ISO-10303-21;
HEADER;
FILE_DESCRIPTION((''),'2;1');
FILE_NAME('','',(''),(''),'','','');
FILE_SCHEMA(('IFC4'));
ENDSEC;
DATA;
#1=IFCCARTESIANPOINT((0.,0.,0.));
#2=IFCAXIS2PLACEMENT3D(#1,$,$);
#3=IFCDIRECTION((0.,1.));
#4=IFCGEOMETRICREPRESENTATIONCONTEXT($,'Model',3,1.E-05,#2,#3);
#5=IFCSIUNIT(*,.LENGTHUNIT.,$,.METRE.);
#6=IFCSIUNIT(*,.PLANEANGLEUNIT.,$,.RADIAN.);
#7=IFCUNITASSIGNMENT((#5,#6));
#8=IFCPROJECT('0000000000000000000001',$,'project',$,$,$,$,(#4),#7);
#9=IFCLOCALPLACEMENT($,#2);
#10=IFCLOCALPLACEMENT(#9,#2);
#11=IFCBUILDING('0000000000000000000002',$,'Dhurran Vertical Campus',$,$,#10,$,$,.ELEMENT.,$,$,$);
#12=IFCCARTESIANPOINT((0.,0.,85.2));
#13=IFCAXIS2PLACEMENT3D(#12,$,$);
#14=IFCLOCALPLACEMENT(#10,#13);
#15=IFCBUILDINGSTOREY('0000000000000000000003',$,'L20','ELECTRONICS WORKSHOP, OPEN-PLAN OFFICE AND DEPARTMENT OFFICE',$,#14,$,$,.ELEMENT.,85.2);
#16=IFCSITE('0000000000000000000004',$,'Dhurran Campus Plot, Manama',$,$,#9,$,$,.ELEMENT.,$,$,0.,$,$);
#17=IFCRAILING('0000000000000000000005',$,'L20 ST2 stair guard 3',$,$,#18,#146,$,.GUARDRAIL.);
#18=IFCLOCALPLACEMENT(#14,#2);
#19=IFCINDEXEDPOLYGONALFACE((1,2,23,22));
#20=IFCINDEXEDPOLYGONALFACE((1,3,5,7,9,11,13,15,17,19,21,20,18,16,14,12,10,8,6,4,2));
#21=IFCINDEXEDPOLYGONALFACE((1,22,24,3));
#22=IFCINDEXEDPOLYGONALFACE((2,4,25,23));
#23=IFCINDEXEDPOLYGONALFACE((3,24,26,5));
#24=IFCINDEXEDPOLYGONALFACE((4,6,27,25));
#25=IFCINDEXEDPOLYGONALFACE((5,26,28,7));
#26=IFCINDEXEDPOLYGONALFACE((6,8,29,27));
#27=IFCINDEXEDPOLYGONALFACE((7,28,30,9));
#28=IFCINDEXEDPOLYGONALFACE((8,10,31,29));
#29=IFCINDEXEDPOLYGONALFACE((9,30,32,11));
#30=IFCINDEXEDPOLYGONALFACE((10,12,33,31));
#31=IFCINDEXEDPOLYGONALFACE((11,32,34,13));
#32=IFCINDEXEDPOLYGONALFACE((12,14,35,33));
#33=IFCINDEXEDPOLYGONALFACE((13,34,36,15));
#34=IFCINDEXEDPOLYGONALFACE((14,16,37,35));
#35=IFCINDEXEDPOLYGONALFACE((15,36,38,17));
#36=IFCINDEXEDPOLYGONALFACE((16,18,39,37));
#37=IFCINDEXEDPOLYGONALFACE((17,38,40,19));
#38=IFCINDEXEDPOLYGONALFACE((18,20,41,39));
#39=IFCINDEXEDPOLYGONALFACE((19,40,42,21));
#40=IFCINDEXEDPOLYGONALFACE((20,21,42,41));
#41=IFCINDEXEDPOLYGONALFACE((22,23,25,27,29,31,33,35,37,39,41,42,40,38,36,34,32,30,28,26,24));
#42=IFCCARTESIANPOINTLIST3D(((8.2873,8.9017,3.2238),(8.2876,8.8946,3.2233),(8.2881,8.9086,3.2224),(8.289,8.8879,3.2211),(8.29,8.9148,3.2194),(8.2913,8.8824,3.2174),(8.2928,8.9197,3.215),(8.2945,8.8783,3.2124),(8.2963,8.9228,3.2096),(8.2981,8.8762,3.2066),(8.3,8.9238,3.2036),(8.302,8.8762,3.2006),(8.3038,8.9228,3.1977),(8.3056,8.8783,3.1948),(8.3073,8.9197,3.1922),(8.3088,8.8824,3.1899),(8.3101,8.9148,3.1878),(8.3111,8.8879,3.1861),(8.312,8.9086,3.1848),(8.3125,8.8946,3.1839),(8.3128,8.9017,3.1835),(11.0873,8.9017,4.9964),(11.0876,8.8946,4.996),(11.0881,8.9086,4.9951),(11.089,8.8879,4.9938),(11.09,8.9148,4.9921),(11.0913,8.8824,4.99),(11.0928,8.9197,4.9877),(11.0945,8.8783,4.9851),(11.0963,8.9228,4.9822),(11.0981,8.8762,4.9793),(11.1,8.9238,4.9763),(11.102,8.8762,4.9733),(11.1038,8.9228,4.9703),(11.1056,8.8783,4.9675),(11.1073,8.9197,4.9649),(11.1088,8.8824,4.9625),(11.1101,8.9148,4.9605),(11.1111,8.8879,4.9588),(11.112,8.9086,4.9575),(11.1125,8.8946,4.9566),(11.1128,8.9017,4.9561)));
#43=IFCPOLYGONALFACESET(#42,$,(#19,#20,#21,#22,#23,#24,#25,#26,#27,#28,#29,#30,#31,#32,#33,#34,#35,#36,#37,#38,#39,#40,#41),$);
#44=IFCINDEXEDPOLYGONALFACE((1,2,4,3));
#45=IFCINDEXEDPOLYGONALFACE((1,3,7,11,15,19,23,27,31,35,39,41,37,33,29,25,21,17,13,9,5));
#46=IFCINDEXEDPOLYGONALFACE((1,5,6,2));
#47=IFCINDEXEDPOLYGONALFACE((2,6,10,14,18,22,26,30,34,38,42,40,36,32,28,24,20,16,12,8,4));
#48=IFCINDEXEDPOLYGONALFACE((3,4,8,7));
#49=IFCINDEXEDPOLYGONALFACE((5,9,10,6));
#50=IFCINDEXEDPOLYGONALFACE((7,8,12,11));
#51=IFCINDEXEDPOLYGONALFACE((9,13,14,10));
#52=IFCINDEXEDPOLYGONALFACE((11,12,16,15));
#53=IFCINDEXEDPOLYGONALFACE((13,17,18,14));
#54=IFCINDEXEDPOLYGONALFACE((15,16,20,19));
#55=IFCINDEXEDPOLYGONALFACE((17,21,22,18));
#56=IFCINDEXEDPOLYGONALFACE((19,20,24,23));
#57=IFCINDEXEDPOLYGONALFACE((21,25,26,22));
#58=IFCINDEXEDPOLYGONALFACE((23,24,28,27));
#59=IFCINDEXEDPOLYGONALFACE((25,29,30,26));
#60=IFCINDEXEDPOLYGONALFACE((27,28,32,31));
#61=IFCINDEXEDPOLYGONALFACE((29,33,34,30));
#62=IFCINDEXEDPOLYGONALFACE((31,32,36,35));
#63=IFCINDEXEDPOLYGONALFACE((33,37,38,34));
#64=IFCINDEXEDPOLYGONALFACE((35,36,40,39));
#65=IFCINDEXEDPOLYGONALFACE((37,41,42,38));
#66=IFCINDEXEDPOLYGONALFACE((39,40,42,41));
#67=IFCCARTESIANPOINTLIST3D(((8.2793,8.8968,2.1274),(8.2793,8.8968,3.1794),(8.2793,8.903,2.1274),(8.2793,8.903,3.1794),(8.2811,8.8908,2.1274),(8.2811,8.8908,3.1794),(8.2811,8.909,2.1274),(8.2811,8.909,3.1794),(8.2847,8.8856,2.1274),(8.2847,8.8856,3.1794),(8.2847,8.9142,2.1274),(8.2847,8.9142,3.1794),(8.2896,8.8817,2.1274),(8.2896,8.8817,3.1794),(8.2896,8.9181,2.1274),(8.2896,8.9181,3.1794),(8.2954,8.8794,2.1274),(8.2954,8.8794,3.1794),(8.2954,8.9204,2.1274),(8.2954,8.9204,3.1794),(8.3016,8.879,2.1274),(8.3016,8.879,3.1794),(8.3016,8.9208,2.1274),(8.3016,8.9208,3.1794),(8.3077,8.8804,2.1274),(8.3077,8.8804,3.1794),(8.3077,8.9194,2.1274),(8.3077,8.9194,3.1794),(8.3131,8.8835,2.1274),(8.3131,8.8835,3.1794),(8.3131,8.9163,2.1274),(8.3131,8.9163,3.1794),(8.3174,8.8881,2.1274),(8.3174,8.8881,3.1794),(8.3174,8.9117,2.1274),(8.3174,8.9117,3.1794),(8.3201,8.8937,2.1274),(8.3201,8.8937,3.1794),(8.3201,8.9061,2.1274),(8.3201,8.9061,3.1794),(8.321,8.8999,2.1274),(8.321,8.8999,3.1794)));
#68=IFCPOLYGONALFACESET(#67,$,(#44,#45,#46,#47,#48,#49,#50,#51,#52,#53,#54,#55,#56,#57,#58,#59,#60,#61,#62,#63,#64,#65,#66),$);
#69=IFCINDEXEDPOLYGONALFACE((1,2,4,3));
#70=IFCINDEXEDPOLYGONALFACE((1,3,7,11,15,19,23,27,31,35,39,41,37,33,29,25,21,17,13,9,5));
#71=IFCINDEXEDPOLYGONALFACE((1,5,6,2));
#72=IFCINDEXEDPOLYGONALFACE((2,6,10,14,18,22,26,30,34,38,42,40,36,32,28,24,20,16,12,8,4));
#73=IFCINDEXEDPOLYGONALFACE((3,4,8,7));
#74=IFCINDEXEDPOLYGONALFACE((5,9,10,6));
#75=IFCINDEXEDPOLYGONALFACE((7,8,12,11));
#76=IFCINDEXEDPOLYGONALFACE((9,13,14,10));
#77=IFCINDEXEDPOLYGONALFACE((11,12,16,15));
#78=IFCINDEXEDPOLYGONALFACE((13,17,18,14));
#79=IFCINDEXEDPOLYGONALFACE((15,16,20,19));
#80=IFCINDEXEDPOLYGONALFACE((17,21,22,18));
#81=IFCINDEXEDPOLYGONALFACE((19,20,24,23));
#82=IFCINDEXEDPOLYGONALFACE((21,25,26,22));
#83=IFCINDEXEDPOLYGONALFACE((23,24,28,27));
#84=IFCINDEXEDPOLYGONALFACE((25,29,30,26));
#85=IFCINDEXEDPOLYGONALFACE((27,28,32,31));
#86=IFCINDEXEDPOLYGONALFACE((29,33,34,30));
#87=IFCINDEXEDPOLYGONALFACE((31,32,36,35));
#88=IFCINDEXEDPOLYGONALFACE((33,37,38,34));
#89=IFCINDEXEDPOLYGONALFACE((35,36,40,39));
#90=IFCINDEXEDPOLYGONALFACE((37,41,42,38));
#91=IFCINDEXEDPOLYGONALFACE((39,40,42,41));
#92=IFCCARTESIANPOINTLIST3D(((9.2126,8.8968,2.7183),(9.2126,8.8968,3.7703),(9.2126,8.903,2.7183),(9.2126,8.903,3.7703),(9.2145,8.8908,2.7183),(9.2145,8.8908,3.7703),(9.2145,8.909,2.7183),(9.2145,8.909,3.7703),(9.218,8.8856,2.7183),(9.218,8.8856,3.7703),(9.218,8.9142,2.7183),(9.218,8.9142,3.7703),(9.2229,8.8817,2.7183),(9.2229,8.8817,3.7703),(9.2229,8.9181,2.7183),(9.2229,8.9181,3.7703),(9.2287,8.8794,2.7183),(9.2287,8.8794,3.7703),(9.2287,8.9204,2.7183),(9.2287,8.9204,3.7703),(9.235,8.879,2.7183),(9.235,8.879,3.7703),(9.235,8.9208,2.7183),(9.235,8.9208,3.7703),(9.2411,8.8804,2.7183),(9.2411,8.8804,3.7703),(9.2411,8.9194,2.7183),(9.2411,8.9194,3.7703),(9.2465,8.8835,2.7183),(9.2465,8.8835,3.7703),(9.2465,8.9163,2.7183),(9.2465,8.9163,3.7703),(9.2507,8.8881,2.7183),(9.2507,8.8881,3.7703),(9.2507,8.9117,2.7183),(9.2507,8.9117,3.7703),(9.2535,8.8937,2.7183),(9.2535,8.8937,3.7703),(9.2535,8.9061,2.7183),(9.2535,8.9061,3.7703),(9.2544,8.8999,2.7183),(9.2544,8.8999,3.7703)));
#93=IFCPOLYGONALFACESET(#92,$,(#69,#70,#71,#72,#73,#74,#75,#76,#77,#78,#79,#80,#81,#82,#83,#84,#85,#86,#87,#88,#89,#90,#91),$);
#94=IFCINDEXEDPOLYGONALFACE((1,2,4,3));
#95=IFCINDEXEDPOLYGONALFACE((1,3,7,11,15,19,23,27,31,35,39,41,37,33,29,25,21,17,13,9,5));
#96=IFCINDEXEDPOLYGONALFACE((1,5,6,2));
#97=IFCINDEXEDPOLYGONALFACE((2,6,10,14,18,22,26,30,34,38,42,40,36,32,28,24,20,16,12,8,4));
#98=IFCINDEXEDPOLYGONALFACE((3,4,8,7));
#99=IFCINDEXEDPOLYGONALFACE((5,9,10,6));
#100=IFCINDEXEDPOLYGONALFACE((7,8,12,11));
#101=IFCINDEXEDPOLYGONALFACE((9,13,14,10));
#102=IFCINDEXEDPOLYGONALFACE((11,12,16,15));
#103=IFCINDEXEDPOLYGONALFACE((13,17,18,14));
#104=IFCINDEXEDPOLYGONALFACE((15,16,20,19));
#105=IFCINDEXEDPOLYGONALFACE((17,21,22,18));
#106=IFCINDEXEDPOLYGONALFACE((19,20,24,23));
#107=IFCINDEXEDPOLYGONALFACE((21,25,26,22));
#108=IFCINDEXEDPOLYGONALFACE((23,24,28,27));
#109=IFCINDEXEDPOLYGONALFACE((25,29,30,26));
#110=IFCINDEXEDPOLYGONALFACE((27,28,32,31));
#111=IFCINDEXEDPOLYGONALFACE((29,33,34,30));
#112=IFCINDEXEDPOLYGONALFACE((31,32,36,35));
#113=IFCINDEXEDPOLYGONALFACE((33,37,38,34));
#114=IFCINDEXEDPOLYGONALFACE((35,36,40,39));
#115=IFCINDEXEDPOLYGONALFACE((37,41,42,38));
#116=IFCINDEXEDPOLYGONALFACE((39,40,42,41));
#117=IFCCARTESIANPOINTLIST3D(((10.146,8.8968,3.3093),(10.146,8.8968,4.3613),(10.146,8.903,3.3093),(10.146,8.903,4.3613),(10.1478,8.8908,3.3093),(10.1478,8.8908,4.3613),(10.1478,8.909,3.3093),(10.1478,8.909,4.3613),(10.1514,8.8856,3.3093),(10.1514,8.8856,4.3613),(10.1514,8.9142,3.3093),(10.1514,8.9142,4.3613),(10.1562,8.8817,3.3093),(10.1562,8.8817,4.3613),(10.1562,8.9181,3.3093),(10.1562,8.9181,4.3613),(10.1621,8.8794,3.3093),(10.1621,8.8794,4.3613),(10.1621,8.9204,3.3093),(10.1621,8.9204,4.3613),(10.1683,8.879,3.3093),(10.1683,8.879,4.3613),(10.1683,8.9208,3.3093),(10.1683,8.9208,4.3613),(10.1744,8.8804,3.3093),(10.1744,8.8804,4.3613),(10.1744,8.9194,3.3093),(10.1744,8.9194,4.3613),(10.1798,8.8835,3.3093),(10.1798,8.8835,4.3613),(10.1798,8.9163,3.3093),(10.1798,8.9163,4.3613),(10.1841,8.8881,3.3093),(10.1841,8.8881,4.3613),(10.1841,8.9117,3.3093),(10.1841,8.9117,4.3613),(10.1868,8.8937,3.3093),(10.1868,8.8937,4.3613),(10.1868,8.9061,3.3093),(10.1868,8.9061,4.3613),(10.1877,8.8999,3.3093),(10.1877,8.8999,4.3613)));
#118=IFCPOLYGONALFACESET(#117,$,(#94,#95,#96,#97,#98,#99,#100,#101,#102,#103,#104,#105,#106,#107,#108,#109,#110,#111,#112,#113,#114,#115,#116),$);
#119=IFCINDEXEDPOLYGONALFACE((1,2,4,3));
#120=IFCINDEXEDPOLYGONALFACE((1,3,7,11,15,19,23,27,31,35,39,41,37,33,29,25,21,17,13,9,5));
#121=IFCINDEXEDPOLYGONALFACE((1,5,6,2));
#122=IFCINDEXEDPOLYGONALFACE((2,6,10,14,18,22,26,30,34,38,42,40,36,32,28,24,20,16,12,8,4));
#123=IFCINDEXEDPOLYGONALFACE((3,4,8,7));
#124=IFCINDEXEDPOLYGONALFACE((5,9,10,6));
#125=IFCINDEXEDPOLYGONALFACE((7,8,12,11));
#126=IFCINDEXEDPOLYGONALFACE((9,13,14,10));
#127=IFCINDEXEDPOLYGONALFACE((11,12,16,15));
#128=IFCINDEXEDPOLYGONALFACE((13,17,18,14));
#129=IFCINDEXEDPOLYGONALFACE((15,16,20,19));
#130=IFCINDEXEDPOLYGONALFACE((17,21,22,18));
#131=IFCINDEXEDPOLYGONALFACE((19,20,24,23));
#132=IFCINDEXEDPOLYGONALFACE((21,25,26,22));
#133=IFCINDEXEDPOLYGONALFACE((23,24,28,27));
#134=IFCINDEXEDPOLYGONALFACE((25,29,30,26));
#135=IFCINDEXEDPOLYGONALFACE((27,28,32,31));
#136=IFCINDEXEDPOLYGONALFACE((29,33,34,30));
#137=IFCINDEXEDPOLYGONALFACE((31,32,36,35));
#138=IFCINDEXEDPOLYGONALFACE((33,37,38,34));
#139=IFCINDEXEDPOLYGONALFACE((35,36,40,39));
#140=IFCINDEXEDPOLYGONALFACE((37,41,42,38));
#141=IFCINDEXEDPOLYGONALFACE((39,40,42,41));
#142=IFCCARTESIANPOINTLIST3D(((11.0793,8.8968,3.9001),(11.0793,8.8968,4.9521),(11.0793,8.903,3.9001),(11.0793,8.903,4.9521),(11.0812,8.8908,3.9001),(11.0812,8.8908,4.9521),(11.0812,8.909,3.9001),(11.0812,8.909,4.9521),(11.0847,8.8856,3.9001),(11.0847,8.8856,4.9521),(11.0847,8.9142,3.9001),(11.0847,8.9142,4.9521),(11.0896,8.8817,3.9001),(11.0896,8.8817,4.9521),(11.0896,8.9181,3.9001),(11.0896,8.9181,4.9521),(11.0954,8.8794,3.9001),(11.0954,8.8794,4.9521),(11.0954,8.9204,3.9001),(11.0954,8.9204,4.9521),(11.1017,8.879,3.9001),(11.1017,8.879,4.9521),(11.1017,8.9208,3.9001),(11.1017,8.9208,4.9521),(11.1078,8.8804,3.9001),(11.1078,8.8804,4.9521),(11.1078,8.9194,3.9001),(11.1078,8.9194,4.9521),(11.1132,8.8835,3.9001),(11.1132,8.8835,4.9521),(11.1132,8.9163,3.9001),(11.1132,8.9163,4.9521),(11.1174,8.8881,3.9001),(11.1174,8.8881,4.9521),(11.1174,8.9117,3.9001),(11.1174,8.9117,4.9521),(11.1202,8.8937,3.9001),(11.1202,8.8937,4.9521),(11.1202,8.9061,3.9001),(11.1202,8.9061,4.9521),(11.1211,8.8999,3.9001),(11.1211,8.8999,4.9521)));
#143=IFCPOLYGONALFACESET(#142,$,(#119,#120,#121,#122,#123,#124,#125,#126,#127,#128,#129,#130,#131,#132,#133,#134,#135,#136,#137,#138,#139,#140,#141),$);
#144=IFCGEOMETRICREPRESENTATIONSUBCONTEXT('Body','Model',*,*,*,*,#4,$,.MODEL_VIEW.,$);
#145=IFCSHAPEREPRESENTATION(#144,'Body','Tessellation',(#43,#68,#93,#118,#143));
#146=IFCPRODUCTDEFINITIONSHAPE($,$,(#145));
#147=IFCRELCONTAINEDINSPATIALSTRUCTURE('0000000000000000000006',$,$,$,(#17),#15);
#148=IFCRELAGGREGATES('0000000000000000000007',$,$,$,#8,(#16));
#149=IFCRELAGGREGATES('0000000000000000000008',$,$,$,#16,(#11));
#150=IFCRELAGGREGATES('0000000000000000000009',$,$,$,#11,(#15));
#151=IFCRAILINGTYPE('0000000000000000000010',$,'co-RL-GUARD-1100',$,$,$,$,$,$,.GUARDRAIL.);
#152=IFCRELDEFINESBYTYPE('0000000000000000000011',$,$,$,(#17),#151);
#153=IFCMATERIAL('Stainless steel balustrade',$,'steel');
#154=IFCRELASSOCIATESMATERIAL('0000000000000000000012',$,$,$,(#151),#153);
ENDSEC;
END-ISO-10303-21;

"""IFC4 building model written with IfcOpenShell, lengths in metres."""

from ifc_helpers import new_model, si_unit, direction, frame, origin, origin_2d, place, context, subcontext, project, spatial, circle, extrude, material, type_object, element, save


model = new_model("IFC4")

# Units and contexts
model_context = context("Model", 3, precision=1e-05, world=origin(), true_north=direction((0.0, 1.0)))
body_context = subcontext(model_context, "Body", "Model", "MODEL_VIEW")
ifc_project = project(units=[si_unit("LENGTHUNIT", "METRE"), si_unit("PLANEANGLEUNIT", "RADIAN")], contexts=[model_context])

# Site, building, storey
site_placement = place(None, origin())
site = spatial("IfcSite", under=ifc_project, at=site_placement, Name="Dhurran Campus Plot, Manama", CompositionType="ELEMENT", RefElevation=0.0)
building_placement = place(site_placement, origin())
building = spatial("IfcBuilding", under=site, at=building_placement, Name="Dhurran Vertical Campus", CompositionType="ELEMENT")
storey_placement = place(building_placement, frame((0.0, 0.0, 85.2)))
storey = spatial("IfcBuildingStorey", under=building, at=storey_placement, Name="L20", Description="ELECTRONICS WORKSHOP, OPEN-PLAN OFFICE AND DEPARTMENT OFFICE", CompositionType="ELEMENT", Elevation=85.2)

# Railing
ifc_material_1 = material(Name="Stainless steel balustrade", Category="steel")
railing_type_1 = type_object("IfcRailingType", Name="co-RL-GUARD-1100", PredefinedType="GUARDRAIL", material=ifc_material_1)
railing_1_placement = place(storey_placement, frame((8.3, 8.8999, 2.1274)))
element("IfcRailing", 1, at=railing_1_placement, inside=storey, type_object=railing_type_1, Name="L20 ST2 stair guard 3", PredefinedType="GUARDRAIL", context=body_context, shape_type="SweptSolid", body=[
    extrude(circle(Radius=0.0239, at=origin_2d()), frame((0.0, 0.0, 1.0762), z_axis=(0.844909, 0.0, 0.53491), x_axis=(0.0, 1.0, 0.0)), (0.0, 0.0, 1.0), 3.314),
    extrude(circle(Radius=0.021, at=origin_2d()), origin(), (0.0, 0.0, 1.0), 1.052),
    extrude(circle(Radius=0.021, at=origin_2d()), frame((0.9333, 0.0, 0.5908)), (0.0, 0.0, 1.0), 1.052),
    extrude(circle(Radius=0.021, at=origin_2d()), frame((1.8667, 0.0, 1.1819)), (0.0, 0.0, 1.0), 1.052),
    extrude(circle(Radius=0.021, at=origin_2d()), frame((2.8, 0.0, 1.7727)), (0.0, 0.0, 1.0), 1.052),
])

save(model, "model.ifc")
